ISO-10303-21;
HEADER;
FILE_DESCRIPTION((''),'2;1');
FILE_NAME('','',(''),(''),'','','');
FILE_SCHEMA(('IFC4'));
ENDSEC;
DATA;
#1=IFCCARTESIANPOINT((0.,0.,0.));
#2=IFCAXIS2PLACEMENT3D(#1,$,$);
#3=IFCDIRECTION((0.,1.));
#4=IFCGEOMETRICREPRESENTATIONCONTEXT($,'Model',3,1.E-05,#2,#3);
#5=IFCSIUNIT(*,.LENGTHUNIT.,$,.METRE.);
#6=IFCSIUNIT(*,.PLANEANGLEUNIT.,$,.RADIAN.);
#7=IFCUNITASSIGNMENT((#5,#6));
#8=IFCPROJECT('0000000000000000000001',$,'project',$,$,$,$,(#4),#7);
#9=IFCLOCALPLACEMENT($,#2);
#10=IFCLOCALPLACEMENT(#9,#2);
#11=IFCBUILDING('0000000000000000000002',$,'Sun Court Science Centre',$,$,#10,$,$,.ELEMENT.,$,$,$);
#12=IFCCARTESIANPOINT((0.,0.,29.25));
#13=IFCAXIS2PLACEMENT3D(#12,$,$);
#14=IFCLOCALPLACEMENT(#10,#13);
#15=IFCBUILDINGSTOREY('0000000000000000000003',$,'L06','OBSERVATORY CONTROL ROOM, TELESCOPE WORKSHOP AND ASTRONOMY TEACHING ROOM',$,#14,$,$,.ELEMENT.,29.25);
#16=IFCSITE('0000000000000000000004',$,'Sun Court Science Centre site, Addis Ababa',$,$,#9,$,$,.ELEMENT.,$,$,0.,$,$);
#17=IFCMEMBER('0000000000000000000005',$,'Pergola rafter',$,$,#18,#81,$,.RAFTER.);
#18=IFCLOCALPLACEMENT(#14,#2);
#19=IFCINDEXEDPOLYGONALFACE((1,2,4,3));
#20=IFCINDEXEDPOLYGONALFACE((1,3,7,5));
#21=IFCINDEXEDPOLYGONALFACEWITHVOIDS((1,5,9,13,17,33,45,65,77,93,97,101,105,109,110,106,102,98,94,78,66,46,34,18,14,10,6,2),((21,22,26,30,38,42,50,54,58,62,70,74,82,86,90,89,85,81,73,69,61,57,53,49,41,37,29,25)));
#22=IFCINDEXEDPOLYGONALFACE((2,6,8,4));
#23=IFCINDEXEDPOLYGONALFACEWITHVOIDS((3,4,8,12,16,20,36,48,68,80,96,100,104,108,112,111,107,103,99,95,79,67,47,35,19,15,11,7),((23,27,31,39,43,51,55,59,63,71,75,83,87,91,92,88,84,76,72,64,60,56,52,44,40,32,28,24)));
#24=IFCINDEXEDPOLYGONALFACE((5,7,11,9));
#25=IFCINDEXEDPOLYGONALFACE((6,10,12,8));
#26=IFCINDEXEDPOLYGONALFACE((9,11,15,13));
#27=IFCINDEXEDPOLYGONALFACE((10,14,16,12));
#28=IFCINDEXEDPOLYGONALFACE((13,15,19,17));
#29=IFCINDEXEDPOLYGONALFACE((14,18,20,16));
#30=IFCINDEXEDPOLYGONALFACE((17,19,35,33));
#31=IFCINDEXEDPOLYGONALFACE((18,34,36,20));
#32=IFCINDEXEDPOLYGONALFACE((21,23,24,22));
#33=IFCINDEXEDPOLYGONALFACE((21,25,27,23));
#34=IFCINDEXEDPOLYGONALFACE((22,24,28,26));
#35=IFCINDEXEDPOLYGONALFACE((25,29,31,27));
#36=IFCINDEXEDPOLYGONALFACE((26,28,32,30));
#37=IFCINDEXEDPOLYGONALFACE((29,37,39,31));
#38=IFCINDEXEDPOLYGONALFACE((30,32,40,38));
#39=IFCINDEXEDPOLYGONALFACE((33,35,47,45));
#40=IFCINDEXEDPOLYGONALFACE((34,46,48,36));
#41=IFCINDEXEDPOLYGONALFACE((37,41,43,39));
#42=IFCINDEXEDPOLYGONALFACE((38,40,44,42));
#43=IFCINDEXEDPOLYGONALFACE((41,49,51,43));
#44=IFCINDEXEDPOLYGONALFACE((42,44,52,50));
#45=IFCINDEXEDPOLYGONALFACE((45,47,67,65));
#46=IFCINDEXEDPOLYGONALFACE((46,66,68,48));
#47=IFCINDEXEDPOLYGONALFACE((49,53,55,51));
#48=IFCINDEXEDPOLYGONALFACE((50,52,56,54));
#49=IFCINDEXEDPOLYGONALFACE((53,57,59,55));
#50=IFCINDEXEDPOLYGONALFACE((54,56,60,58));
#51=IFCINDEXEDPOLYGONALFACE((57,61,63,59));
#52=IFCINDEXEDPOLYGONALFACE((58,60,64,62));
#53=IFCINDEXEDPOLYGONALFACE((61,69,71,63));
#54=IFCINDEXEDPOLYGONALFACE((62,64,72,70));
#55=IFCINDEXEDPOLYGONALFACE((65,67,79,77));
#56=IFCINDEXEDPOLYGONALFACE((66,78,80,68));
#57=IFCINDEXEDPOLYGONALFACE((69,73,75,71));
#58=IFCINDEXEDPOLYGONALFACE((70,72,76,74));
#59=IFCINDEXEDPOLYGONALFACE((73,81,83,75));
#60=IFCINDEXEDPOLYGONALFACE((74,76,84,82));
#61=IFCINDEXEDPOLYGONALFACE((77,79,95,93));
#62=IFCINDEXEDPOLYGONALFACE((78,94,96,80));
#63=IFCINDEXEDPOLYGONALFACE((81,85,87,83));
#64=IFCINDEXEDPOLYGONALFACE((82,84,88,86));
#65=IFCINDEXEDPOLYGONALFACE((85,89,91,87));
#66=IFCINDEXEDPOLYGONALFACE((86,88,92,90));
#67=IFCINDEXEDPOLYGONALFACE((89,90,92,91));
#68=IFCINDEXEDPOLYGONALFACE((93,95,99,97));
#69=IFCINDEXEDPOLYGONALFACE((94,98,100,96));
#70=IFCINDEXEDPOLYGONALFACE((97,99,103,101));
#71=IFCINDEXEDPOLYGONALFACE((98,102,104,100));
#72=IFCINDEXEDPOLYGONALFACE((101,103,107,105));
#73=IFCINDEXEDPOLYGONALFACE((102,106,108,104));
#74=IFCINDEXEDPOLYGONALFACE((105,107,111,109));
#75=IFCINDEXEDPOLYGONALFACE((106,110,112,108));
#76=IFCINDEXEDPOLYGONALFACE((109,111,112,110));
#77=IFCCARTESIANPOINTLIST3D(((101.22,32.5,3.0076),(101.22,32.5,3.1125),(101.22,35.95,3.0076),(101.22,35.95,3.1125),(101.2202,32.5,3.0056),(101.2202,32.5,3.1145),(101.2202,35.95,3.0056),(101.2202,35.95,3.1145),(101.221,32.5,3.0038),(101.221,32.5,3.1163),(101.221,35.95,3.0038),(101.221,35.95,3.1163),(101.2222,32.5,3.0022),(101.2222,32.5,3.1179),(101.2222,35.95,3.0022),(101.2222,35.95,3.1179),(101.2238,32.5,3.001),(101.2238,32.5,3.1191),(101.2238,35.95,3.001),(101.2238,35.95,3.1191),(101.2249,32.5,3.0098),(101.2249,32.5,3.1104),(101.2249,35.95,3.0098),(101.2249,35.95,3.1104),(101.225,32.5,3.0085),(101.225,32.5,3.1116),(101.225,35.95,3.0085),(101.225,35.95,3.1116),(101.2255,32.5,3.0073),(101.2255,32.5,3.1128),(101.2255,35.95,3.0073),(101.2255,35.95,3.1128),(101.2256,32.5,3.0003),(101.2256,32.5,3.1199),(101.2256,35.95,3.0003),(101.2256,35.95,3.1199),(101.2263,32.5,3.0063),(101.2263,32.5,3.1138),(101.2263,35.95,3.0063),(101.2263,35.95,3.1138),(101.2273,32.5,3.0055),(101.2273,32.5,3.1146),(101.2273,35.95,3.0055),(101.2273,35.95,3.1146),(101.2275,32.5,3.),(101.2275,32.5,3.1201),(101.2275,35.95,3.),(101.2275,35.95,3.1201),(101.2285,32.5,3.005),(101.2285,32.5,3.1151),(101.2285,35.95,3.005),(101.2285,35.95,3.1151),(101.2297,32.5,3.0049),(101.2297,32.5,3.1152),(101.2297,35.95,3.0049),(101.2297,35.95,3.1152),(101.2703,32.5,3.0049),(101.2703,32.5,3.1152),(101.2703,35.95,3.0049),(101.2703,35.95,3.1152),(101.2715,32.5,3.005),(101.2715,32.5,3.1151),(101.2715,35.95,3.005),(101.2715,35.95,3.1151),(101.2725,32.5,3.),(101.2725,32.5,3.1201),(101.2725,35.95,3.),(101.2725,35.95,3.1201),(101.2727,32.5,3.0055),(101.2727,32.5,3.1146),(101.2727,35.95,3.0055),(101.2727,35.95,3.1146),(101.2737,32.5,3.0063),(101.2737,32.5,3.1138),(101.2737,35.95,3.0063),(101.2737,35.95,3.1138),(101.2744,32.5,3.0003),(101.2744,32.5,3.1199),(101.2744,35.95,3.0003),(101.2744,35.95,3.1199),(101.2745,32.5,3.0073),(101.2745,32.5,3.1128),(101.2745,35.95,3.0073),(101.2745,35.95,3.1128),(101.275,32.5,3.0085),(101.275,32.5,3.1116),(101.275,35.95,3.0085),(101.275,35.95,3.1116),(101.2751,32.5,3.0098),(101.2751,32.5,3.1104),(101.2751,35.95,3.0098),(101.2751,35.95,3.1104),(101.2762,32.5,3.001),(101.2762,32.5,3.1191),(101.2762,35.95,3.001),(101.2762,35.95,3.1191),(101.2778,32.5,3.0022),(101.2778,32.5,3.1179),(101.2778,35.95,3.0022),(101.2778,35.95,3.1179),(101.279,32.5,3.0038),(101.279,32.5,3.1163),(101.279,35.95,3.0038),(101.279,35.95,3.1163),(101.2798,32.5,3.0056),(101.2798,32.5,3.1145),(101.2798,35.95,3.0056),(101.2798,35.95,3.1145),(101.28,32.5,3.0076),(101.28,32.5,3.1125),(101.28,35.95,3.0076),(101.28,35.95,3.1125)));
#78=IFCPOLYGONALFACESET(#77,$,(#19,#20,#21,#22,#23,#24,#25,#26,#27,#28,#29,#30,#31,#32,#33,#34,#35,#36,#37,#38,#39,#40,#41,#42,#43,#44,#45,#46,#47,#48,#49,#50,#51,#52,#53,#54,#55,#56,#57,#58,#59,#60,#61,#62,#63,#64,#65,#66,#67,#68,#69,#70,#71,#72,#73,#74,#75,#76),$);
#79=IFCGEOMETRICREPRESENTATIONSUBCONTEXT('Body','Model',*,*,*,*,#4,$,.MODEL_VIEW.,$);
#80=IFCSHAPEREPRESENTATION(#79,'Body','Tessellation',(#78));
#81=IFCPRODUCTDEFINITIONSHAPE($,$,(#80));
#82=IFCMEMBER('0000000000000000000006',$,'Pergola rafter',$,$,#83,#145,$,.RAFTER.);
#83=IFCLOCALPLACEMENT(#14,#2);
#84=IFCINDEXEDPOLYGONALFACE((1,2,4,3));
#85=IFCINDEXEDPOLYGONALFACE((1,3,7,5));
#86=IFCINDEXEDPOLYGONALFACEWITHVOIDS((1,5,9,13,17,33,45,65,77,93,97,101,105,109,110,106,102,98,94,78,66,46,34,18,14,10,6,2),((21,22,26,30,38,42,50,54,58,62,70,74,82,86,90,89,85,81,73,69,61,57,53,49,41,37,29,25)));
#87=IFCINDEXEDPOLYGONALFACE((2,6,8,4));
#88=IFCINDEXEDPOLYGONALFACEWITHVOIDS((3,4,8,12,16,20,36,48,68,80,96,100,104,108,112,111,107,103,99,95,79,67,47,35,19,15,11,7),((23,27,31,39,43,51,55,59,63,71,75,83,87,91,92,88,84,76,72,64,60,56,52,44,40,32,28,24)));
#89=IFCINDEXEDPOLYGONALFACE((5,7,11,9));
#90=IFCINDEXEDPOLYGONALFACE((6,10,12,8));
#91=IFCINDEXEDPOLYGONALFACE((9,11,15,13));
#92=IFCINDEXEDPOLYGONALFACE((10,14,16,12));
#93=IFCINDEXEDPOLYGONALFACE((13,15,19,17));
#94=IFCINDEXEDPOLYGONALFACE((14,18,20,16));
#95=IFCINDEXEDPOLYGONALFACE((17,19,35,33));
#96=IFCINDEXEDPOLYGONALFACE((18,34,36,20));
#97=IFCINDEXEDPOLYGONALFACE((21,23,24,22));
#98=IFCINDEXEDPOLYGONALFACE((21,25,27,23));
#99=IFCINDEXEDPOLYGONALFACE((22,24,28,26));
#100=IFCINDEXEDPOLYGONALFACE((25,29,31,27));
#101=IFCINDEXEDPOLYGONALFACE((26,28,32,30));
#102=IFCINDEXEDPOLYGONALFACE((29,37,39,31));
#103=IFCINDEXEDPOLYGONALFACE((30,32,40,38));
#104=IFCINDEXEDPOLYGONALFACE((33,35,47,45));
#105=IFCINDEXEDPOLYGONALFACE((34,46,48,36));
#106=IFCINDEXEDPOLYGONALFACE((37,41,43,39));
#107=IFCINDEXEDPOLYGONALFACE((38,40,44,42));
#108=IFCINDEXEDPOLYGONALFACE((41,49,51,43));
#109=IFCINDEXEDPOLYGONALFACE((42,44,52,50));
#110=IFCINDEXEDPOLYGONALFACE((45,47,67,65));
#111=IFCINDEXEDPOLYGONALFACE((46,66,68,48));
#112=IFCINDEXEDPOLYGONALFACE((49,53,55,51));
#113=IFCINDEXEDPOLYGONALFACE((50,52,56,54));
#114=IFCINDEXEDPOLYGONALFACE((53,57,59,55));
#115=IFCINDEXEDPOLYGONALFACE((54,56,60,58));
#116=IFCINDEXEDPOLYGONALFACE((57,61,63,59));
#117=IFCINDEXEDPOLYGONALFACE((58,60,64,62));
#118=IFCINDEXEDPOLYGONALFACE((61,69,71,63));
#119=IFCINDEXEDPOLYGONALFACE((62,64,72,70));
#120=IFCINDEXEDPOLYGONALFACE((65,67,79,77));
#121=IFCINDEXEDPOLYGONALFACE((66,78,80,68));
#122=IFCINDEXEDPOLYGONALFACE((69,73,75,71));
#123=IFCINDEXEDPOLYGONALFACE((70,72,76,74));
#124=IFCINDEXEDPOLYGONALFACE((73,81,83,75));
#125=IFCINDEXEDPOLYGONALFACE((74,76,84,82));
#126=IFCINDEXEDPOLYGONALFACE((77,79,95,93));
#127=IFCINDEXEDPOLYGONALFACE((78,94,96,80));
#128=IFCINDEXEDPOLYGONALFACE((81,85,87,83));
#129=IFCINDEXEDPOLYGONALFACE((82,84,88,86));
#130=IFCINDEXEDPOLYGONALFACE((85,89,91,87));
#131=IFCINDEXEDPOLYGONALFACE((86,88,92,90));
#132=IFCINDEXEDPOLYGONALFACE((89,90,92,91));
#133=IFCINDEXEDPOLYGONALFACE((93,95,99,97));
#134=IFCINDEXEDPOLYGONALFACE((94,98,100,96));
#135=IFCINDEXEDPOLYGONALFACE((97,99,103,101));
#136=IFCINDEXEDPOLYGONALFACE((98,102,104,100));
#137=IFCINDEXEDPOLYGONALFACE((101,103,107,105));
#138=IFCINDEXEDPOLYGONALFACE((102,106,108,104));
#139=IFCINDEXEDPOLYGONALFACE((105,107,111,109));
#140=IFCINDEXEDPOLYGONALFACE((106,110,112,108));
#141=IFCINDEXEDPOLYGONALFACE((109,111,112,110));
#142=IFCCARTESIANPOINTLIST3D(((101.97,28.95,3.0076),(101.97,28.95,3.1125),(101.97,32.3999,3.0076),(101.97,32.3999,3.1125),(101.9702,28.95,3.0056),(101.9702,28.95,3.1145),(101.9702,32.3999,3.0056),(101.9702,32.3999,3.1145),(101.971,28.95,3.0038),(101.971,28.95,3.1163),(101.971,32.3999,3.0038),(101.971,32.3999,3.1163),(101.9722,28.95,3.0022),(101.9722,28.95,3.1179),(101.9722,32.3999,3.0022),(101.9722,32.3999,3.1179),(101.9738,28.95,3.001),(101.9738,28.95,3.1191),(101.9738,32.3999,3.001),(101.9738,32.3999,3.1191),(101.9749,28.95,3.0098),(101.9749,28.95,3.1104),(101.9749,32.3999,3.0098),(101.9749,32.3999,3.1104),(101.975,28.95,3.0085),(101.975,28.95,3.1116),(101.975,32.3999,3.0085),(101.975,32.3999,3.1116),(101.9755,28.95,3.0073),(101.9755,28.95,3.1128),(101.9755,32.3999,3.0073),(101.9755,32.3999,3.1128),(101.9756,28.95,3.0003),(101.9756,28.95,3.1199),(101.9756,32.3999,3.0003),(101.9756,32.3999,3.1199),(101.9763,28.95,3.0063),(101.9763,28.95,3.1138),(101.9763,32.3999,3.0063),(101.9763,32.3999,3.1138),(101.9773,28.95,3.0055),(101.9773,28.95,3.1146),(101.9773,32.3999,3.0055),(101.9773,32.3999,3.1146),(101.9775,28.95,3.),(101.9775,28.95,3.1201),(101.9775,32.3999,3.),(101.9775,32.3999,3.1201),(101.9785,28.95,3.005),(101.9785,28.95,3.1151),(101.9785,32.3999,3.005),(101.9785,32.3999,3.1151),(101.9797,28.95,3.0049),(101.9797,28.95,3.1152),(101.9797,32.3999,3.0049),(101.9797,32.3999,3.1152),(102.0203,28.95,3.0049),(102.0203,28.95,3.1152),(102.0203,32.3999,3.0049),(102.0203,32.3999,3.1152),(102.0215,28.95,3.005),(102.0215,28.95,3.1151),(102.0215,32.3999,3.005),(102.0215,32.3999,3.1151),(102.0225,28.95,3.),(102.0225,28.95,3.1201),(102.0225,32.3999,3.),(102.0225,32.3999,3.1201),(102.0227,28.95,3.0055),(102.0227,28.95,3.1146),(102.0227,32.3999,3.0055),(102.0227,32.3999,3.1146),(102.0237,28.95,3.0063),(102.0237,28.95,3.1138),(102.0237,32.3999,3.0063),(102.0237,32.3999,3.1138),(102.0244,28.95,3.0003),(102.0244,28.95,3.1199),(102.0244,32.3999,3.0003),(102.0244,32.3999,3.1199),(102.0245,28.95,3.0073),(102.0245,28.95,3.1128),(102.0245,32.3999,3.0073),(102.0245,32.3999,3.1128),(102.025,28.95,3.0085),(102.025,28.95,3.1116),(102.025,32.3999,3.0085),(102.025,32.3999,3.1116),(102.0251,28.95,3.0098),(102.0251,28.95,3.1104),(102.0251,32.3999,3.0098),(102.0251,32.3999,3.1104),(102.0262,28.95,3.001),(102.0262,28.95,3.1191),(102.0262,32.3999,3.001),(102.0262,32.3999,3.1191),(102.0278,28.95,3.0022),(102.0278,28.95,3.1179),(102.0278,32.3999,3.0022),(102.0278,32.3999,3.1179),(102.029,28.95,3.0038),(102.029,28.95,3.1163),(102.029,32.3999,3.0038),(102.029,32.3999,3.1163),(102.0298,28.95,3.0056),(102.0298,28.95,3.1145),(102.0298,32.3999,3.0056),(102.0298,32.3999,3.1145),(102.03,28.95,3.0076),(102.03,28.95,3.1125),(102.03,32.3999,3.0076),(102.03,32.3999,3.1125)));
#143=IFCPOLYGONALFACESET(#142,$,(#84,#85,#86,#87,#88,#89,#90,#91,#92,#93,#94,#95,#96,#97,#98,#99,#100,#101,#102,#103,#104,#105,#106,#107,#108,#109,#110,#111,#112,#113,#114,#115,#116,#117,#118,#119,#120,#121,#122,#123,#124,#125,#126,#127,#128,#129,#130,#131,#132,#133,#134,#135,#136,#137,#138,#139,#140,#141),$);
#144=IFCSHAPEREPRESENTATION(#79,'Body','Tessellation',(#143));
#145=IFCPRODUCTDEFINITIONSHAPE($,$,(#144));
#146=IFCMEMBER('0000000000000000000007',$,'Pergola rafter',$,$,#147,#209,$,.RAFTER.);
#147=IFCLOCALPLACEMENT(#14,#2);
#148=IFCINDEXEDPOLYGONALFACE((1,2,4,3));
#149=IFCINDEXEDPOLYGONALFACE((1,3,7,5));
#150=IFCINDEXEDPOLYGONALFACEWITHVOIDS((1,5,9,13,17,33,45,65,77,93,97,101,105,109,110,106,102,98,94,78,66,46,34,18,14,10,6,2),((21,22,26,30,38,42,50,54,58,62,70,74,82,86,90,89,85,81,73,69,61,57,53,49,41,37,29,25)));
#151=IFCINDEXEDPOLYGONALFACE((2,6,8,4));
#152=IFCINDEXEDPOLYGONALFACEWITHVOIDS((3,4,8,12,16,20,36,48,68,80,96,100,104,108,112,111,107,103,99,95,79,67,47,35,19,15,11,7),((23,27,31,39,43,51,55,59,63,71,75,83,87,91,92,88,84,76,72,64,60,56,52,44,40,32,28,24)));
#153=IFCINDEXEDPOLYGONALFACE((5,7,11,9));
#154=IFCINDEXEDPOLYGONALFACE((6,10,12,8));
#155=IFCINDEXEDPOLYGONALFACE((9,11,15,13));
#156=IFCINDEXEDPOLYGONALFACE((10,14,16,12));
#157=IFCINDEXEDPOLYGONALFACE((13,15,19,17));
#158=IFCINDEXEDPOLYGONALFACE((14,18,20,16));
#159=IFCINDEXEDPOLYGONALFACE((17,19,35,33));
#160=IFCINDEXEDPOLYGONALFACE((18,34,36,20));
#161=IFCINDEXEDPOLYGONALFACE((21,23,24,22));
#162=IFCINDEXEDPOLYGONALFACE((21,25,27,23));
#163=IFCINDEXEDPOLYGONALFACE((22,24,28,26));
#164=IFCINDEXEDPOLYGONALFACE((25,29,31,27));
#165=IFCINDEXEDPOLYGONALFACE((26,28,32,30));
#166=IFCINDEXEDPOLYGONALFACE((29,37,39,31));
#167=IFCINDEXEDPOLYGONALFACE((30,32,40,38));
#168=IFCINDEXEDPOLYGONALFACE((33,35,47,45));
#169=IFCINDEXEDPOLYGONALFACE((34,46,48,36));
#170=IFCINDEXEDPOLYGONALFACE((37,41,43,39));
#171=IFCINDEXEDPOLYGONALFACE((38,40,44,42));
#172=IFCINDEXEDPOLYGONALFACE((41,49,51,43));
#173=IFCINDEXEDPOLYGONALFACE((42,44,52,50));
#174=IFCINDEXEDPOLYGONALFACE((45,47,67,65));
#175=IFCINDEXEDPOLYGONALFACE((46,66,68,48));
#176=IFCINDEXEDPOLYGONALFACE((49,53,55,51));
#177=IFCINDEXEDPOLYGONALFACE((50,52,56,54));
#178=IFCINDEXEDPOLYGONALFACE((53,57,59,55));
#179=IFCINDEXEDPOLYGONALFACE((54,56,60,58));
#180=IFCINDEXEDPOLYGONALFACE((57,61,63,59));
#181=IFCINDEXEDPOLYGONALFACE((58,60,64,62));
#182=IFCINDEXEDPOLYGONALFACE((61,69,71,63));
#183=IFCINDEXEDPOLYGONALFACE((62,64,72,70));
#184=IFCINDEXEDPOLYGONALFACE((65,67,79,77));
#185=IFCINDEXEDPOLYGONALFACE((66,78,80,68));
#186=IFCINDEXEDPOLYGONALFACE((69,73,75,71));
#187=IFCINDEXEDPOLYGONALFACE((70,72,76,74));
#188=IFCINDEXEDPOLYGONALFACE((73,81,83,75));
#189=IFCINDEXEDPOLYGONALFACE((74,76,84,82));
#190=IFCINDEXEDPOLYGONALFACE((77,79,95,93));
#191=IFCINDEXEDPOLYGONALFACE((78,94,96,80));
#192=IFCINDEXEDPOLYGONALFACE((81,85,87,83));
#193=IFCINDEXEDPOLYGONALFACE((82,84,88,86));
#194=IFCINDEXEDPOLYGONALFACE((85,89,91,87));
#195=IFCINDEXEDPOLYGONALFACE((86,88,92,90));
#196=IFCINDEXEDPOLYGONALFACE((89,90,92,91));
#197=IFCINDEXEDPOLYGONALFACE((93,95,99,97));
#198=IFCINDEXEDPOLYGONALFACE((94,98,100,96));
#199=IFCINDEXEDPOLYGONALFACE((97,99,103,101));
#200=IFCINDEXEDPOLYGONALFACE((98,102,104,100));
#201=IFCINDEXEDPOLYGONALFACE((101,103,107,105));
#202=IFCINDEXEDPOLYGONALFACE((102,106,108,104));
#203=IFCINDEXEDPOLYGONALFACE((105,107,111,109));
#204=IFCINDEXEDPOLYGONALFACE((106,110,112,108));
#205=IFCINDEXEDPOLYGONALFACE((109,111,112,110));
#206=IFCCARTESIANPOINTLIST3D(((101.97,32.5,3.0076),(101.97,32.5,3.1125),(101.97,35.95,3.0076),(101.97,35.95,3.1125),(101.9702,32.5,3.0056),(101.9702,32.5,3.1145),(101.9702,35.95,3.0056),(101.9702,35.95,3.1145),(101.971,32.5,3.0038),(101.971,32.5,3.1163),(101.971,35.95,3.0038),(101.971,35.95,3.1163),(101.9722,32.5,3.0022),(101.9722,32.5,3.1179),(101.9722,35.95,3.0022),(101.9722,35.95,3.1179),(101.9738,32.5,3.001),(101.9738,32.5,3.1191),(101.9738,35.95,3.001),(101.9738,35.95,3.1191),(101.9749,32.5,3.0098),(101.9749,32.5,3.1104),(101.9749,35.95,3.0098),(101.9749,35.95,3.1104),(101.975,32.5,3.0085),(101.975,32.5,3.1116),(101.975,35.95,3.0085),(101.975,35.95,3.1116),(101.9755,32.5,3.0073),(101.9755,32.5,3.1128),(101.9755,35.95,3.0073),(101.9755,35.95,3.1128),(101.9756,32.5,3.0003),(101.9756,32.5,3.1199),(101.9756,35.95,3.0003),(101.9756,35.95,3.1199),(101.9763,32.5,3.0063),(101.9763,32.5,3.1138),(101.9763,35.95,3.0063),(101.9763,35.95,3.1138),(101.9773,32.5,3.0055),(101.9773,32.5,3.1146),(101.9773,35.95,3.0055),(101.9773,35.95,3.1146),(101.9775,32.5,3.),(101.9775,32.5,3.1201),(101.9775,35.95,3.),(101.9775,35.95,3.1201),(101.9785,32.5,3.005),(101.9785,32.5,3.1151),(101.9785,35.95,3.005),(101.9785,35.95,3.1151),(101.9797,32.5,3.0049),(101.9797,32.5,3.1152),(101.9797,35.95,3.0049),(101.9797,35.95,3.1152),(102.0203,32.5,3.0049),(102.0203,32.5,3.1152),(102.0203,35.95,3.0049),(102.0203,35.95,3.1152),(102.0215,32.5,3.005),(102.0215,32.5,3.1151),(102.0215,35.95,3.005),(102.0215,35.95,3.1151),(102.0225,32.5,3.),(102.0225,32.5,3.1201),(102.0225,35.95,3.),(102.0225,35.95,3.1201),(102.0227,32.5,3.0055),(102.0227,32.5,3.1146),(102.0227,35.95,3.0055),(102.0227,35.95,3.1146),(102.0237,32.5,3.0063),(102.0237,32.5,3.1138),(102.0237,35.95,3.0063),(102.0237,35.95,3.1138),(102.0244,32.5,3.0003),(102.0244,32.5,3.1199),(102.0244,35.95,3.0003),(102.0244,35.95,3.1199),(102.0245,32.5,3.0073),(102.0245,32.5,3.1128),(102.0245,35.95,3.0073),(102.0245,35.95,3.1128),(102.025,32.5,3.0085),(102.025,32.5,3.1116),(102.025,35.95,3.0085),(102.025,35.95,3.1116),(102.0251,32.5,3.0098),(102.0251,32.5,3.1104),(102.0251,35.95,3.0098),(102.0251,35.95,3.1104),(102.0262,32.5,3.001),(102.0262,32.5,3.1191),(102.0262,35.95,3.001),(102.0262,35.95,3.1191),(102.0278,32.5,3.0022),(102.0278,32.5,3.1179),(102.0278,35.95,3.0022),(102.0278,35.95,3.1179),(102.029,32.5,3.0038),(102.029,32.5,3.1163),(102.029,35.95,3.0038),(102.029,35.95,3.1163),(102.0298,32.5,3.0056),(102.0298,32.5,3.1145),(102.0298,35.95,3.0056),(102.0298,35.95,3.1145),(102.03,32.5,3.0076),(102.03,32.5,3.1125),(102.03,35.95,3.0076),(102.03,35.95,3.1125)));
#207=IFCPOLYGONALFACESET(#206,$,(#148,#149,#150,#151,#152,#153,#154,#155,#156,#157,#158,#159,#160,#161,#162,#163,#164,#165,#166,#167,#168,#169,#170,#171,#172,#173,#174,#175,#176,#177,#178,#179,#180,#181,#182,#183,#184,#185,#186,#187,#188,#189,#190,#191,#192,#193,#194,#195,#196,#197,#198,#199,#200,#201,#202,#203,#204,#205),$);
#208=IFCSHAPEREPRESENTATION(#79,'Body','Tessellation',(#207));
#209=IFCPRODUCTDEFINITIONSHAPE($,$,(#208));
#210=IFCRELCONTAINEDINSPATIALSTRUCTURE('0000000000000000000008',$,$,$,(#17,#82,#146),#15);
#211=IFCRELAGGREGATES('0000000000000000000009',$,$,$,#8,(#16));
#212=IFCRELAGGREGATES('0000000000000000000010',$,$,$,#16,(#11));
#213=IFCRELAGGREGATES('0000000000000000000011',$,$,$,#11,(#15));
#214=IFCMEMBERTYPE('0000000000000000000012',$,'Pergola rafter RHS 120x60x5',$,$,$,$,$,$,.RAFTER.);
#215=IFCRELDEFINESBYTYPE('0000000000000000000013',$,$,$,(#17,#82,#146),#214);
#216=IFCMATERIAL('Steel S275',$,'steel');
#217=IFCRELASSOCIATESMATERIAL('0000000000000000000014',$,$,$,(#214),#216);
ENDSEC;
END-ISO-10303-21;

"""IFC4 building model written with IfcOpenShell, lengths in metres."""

from ifc_helpers import new_model, si_unit, direction, frame, origin, origin_2d, place, context, subcontext, project, spatial, hollow_rectangle, extrude, material, material_profile, profile_set, type_object, element, save


model = new_model("IFC4")

# Units and contexts
model_context = context("Model", 3, precision=1e-05, world=origin(), true_north=direction((0.0, 1.0)))
body_context = subcontext(model_context, "Body", "Model", "MODEL_VIEW")
ifc_project = project(units=[si_unit("LENGTHUNIT", "METRE"), si_unit("PLANEANGLEUNIT", "RADIAN")], contexts=[model_context])

# Site, building, storey
site_placement = place(None, origin())
site = spatial("IfcSite", under=ifc_project, at=site_placement, Name="Sun Court Science Centre site, Addis Ababa", CompositionType="ELEMENT", RefElevation=0.0)
building_placement = place(site_placement, origin())
building = spatial("IfcBuilding", under=site, at=building_placement, Name="Sun Court Science Centre", CompositionType="ELEMENT")
storey_placement = place(building_placement, frame((0.0, 0.0, 29.25)))
storey = spatial("IfcBuildingStorey", under=building, at=storey_placement, Name="L06", Description="OBSERVATORY CONTROL ROOM, TELESCOPE WORKSHOP AND ASTRONOMY TEACHING ROOM", CompositionType="ELEMENT", Elevation=29.25)

# Members
ifc_material_1 = material(Name="Steel S275", Category="steel")
ifc_material_profile_1 = material_profile(ifc_material_1, hollow_rectangle(XDim=0.0601, YDim=0.1201, WallThickness=0.0049, InnerFilletRadius=0.0049, OuterFilletRadius=0.0076, at=origin_2d()), Name="RHS 120x60x5")
ifc_profile_set_1 = profile_set([ifc_material_profile_1], Name="Steel S275")
member_type_1 = type_object("IfcMemberType", Name="Pergola rafter RHS 120x60x5", PredefinedType="RAFTER", material=ifc_profile_set_1)
for number, where, z_axis, x_axis, name in (
    (1, (101.25, 32.5, 3.0601), (0.0, 1.0, 0.0), (-1.0, 0.0, 0.0), "Pergola rafter"),
    (2, (102.0, 28.95, 3.0601), (0.0, 1.0, 0.0), (-1.0, 0.0, 0.0), "Pergola rafter"),
    (3, (102.0, 32.5, 3.0601), (0.0, 1.0, 0.0), (-1.0, 0.0, 0.0), "Pergola rafter"),
):
    element("IfcMember", number, at=place(storey_placement, frame(where, z_axis=z_axis, x_axis=x_axis)), inside=storey, type_object=member_type_1, Name=name, PredefinedType="RAFTER", context=body_context, shape_type="SweptSolid", body=[
        extrude(hollow_rectangle(XDim=0.0601, YDim=0.1201, WallThickness=0.0049, InnerFilletRadius=0.0049, OuterFilletRadius=0.0076, at=origin_2d()), origin(), (0.0, 0.0, 1.0), 3.45),
    ])

save(model, "model.ifc")
